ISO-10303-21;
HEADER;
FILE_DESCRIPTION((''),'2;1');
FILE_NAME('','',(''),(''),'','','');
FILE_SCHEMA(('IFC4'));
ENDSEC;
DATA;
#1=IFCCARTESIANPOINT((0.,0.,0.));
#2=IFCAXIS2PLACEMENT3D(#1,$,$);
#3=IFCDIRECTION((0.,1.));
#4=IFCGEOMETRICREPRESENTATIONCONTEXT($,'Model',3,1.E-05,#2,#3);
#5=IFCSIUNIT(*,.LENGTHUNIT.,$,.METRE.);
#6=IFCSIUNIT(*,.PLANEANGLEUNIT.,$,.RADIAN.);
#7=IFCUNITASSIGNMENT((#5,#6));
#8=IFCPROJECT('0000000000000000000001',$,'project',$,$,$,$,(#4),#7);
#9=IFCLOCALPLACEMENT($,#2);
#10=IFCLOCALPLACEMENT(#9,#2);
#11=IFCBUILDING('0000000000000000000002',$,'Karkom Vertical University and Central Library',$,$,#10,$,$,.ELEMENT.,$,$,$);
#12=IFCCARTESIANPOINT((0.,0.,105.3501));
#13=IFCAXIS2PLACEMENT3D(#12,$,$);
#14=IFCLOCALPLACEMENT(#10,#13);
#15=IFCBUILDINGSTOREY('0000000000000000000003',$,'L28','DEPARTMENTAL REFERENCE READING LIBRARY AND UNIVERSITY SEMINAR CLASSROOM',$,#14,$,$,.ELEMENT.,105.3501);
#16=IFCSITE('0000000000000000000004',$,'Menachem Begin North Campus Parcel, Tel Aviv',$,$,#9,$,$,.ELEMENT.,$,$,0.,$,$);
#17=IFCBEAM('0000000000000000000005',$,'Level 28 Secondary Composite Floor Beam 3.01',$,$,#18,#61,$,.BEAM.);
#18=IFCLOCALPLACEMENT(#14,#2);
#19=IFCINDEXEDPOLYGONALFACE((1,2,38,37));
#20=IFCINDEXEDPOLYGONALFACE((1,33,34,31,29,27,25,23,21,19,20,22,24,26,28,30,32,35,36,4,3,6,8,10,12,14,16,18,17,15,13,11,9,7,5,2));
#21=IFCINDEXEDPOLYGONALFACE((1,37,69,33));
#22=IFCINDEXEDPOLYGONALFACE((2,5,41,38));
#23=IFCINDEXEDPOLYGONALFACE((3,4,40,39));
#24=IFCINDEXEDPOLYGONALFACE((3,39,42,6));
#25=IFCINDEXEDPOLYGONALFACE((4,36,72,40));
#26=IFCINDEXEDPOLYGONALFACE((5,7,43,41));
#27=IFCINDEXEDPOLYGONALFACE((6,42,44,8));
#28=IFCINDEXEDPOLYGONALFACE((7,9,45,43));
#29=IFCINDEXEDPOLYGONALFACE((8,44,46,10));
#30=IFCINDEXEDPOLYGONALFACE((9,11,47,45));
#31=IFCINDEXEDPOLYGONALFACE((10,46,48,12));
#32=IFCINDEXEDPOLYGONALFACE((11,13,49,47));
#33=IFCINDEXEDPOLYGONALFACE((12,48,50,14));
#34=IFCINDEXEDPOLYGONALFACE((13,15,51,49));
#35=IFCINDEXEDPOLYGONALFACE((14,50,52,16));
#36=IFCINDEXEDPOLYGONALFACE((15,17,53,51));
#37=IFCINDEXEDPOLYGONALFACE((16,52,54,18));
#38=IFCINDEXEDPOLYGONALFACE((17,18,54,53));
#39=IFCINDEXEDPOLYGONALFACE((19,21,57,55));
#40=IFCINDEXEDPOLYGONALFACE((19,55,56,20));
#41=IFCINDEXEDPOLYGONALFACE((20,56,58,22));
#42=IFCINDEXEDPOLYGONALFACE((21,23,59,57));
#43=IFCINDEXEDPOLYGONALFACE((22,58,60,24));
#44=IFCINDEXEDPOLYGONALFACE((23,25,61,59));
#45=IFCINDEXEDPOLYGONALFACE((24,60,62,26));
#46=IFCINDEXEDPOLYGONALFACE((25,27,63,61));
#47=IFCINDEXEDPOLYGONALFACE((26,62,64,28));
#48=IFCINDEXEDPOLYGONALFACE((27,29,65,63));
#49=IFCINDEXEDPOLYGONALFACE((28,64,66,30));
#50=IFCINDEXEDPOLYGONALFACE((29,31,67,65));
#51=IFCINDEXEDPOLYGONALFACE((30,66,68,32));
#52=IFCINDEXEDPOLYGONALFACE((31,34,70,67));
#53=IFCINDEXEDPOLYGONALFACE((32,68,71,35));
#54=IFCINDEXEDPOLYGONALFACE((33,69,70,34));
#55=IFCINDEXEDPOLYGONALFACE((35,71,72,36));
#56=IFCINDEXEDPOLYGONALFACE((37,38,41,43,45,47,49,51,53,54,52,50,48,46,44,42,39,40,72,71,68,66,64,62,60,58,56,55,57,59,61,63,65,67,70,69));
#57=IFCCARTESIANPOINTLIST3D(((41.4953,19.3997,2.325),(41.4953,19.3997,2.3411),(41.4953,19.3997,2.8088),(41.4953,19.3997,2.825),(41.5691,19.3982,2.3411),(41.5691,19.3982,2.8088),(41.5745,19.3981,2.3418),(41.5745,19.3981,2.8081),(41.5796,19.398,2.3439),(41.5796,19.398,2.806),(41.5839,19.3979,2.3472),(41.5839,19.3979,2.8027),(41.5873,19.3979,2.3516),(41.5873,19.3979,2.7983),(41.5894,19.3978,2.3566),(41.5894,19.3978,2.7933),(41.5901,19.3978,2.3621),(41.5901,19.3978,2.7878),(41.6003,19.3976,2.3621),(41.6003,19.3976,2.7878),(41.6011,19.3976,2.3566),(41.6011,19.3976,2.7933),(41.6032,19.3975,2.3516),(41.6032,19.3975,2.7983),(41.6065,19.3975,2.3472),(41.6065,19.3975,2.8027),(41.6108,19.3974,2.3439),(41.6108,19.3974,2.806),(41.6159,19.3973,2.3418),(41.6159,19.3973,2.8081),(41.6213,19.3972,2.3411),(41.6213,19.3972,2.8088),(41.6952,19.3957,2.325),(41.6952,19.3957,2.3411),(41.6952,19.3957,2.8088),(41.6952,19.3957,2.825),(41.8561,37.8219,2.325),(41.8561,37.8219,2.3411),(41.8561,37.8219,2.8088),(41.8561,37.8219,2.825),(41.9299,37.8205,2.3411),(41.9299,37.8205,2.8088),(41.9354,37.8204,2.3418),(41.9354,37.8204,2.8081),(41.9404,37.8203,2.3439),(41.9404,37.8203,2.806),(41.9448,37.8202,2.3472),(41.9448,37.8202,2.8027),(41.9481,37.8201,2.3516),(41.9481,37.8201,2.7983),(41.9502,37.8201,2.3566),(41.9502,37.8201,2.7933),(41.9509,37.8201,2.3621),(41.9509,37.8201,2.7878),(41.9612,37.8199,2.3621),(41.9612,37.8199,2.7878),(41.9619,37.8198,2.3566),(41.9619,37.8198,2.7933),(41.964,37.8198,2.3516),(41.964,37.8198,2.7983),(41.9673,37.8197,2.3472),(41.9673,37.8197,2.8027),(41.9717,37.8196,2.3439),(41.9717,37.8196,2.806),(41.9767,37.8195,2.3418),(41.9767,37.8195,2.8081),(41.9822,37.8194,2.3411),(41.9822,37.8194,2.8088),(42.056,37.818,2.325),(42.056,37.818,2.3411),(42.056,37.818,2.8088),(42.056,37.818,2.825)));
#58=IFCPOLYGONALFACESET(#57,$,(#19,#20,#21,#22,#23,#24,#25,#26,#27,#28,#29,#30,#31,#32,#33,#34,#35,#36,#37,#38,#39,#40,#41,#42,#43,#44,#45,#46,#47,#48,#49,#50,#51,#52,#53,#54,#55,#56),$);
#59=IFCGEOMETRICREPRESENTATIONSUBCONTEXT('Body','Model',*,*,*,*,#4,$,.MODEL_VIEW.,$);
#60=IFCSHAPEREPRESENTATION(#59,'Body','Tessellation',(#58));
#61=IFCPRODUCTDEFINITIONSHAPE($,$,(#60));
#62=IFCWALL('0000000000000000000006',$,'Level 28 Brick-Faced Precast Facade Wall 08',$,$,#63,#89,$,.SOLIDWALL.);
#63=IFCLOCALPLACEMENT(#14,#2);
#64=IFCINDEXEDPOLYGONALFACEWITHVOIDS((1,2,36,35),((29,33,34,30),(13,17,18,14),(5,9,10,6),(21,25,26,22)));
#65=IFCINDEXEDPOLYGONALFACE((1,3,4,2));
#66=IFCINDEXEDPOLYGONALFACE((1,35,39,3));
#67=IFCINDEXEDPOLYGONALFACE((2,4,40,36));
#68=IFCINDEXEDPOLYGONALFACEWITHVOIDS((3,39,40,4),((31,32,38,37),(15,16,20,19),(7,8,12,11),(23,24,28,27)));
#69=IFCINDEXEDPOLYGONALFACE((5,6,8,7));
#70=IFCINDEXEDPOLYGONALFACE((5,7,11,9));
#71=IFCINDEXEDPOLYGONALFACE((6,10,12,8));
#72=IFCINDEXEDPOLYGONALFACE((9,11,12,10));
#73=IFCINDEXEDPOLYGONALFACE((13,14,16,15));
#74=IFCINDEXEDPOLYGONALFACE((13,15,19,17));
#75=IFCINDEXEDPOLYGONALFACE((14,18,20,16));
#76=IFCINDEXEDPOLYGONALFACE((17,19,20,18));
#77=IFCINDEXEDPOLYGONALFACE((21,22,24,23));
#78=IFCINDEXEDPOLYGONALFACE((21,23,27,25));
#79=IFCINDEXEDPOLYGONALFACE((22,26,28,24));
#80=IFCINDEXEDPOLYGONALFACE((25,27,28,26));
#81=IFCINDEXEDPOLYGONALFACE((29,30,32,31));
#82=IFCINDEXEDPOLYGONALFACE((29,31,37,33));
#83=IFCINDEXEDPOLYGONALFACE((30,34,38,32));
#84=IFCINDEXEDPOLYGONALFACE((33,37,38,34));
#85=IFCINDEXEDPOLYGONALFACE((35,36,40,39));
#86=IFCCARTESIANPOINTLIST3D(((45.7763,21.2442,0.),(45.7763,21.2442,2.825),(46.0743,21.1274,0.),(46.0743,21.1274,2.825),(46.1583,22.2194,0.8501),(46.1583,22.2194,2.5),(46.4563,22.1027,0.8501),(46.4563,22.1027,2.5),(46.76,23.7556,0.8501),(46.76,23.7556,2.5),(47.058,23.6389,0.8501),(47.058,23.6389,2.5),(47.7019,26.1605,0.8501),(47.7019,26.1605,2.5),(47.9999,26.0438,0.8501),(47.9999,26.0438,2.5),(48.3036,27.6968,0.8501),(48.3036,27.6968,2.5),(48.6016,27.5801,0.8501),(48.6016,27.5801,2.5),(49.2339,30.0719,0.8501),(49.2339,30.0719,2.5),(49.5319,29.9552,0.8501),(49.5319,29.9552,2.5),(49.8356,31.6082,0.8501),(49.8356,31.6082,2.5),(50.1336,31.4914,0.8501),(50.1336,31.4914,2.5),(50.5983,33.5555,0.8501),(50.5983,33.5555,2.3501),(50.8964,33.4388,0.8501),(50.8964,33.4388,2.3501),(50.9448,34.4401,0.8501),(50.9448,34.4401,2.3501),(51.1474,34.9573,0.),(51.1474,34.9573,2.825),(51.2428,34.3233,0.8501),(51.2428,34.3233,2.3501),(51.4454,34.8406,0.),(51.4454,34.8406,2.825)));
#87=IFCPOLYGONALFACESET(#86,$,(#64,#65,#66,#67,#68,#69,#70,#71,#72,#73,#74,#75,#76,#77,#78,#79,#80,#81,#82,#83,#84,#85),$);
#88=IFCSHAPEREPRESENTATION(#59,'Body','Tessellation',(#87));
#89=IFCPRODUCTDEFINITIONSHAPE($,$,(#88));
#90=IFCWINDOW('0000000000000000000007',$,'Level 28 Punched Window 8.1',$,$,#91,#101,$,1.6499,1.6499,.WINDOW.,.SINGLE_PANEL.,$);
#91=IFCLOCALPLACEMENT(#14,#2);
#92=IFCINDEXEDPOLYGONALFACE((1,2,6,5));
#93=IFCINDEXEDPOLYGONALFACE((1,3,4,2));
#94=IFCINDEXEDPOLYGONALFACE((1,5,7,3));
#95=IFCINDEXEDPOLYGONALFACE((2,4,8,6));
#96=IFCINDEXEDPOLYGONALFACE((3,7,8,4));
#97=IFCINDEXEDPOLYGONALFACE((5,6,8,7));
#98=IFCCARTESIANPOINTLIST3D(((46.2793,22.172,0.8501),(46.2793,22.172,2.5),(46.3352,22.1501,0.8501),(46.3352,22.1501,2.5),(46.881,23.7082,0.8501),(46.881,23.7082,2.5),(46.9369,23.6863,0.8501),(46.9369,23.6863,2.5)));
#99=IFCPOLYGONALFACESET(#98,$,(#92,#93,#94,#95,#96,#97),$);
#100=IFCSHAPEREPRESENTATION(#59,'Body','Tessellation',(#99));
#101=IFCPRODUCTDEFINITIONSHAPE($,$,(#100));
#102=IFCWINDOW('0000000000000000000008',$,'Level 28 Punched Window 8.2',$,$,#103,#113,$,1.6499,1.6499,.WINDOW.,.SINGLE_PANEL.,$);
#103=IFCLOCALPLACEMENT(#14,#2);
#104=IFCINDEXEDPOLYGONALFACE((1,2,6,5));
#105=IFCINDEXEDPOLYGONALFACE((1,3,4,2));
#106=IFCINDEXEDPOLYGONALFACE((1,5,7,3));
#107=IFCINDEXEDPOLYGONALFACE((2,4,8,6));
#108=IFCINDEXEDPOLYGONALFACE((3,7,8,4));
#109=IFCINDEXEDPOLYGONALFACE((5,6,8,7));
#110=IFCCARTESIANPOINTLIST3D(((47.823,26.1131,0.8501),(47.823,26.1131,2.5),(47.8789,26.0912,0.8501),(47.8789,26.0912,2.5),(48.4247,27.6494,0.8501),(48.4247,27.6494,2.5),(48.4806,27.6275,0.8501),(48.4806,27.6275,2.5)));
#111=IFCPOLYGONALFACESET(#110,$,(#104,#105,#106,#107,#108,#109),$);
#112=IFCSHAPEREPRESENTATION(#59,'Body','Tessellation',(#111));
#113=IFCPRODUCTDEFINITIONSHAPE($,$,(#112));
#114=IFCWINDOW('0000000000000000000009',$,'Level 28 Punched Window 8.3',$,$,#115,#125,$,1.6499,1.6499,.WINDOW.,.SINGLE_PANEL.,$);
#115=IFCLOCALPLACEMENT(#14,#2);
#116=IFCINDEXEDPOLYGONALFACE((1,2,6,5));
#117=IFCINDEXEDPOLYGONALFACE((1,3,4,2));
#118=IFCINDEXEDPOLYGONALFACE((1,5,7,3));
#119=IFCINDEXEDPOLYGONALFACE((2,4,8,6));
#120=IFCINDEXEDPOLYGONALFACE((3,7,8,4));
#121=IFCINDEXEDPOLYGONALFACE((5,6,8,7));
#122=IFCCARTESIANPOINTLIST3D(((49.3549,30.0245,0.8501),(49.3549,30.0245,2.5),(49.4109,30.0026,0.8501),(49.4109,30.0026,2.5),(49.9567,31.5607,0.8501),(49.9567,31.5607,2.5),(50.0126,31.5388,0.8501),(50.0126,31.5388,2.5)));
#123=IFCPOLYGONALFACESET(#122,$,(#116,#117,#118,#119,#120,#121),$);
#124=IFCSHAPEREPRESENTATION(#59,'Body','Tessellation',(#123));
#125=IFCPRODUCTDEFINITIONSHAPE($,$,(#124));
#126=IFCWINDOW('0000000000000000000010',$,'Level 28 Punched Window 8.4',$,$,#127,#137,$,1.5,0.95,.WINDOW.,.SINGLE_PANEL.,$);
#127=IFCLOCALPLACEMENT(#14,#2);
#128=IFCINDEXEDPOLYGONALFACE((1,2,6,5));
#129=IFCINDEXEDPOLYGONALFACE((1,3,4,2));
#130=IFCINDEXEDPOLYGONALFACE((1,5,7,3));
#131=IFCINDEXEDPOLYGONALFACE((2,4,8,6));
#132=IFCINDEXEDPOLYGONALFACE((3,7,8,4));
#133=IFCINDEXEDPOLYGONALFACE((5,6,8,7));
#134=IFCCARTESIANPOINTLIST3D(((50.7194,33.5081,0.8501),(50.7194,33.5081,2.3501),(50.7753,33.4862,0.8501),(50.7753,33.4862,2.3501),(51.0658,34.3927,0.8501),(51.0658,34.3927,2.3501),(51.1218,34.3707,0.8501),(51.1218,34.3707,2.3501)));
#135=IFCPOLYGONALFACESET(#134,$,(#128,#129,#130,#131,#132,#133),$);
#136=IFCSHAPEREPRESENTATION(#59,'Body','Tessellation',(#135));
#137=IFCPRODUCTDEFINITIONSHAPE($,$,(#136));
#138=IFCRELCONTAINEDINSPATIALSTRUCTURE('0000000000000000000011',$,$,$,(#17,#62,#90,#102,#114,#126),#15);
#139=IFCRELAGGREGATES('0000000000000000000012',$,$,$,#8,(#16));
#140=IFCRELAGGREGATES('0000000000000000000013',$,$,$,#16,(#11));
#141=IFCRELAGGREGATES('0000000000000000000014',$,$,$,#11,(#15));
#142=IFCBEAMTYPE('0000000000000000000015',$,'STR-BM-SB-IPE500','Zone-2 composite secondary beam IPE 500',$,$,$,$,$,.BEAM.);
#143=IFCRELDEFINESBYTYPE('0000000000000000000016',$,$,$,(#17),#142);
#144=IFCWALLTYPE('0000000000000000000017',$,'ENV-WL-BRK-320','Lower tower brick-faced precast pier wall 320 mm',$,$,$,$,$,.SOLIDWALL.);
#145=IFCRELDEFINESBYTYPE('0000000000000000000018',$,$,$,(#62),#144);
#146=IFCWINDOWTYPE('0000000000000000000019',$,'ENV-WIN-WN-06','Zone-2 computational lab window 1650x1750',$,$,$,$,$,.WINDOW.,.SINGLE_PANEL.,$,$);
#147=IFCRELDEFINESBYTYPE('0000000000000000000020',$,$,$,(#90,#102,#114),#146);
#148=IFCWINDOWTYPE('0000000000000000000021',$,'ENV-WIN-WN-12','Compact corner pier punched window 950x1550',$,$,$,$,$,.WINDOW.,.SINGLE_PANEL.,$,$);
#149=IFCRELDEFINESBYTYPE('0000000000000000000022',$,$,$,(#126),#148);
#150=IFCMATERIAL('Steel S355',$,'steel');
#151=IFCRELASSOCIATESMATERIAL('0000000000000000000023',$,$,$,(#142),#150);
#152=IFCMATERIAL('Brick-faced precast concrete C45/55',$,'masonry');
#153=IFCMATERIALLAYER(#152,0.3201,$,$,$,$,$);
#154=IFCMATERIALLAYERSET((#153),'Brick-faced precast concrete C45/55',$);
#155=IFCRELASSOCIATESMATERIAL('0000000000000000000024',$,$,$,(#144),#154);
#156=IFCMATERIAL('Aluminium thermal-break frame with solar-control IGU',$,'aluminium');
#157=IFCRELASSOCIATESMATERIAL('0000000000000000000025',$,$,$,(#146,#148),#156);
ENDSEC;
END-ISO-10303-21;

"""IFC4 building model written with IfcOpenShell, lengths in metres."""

from ifc_helpers import new_model, si_unit, direction, frame, frame_2d, origin, origin_with_axes, origin_2d, place, context, subcontext, project, spatial, rectangle, i_section, extrude, source, transform, mapped, material, layer, layer_set, material_profile, profile_set, type_object, element, fill, save


model = new_model("IFC4")

# Units and contexts
model_context = context("Model", 3, precision=1e-05, world=origin(), true_north=direction((0.0, 1.0)))
body_context = subcontext(model_context, "Body", "Model", "MODEL_VIEW")
ifc_project = project(units=[si_unit("LENGTHUNIT", "METRE"), si_unit("PLANEANGLEUNIT", "RADIAN")], contexts=[model_context])

# Site, building, storey
site_placement = place(None, origin())
site = spatial("IfcSite", under=ifc_project, at=site_placement, Name="Menachem Begin North Campus Parcel, Tel Aviv", CompositionType="ELEMENT", RefElevation=0.0)
building_placement = place(site_placement, origin())
building = spatial("IfcBuilding", under=site, at=building_placement, Name="Karkom Vertical University and Central Library", CompositionType="ELEMENT")
storey_placement = place(building_placement, frame((0.0, 0.0, 105.3501)))
storey = spatial("IfcBuildingStorey", under=building, at=storey_placement, Name="L28", Description="DEPARTMENTAL REFERENCE READING LIBRARY AND UNIVERSITY SEMINAR CLASSROOM", CompositionType="ELEMENT", Elevation=105.3501)

# Beam
ifc_material_1 = material(Name="Steel S355", Category="steel")
ifc_material_profile_1 = material_profile(ifc_material_1, i_section(OverallWidth=0.2, OverallDepth=0.5, WebThickness=0.0103, FlangeThickness=0.0161, FilletRadius=0.021, at=origin_2d()), Name="IPE 500")
ifc_profile_set_1 = profile_set([ifc_material_profile_1], Name="Steel S355")
beam_type_1 = type_object("IfcBeamType", Name="STR-BM-SB-IPE500", Description="Zone-2 composite secondary beam IPE 500", PredefinedType="BEAM", material=ifc_profile_set_1)
shared_shape_1 = source(origin_with_axes(), body_context, "Body", "SweptSolid", [
    extrude(i_section(OverallWidth=0.2, OverallDepth=0.5, WebThickness=0.0103, FlangeThickness=0.0161, FilletRadius=0.021, at=origin_2d()), origin(), (0.0, 0.0, 1.0), 18.4258),
])
beam_1_placement = place(storey_placement, frame((41.5952, 19.3977, 2.575), z_axis=(0.019583, 0.999808, 0.0), x_axis=(-0.999808, 0.019583, 0.0)))
element("IfcBeam", 1, at=beam_1_placement, inside=storey, type_object=beam_type_1, Name="Level 28 Secondary Composite Floor Beam 3.01", PredefinedType="BEAM", context=body_context, shape_type="MappedRepresentation", body=[
    mapped(shared_shape_1, transform((0.0, 0.0, 0.0), scale=1.0)),
])

# Wall, openings, windows
ifc_material_2 = material(Name="Brick-faced precast concrete C45/55", Category="masonry")
ifc_layer_1 = layer(ifc_material_2, 0.3201)
ifc_layer_set_1 = layer_set([ifc_layer_1], Name="Brick-faced precast concrete C45/55")
wall_type_1 = type_object("IfcWallType", Name="ENV-WL-BRK-320", Description="Lower tower brick-faced precast pier wall 320 mm", PredefinedType="SOLIDWALL", material=ifc_layer_set_1)
wall_1_placement = place(storey_placement, frame((45.9253, 21.1858, 0.0), z_axis=(0.0, 0.0, 1.0), x_axis=(0.364699, 0.931126, 0.0)))
wall_1 = element("IfcWall", 2, at=wall_1_placement, inside=storey, type_object=wall_type_1, Name="Level 28 Brick-Faced Precast Facade Wall 08", PredefinedType="SOLIDWALL", context=body_context, shape_type="SweptSolid", body=[
    extrude(rectangle(XDim=14.7275, YDim=0.3201, at=frame_2d((7.3638, 0.0))), origin(), (0.0, 0.0, 1.0), 2.825),
])
opening_1_placement = place(wall_1_placement, frame((1.0474, 0.0, 0.8501)))
opening_1 = element("IfcOpeningElement", 3, at=opening_1_placement, cuts=wall_1, PredefinedType="OPENING", context=body_context, shape_type="SweptSolid", body=[
    extrude(rectangle(XDim=1.6499, YDim=1.6499, at=frame_2d((0.825, 0.825))), frame((0.0, 0.1699, 0.0), z_axis=(0.0, -1.0, 0.0), x_axis=(1.0, 0.0, 0.0)), (0.0, 0.0, 1.0), 0.3401),
])
opening_2_placement = place(wall_1_placement, frame((5.28, 0.0, 0.8501)))
opening_2 = element("IfcOpeningElement", 4, at=opening_2_placement, cuts=wall_1, PredefinedType="OPENING", context=body_context, shape_type="SweptSolid", body=[
    extrude(rectangle(XDim=1.6499, YDim=1.6499, at=frame_2d((0.825, 0.825))), frame((0.0, 0.1699, 0.0), z_axis=(0.0, -1.0, 0.0), x_axis=(1.0, 0.0, 0.0)), (0.0, 0.0, 1.0), 0.3401),
])
opening_3_placement = place(wall_1_placement, frame((9.4807, 0.0, 0.8501)))
opening_3 = element("IfcOpeningElement", 5, at=opening_3_placement, cuts=wall_1, PredefinedType="OPENING", context=body_context, shape_type="SweptSolid", body=[
    extrude(rectangle(XDim=1.6499, YDim=1.6499, at=frame_2d((0.825, 0.825))), frame((0.0, 0.1699, 0.0), z_axis=(0.0, -1.0, 0.0), x_axis=(1.0, 0.0, 0.0)), (0.0, 0.0, 1.0), 0.3401),
])
opening_4_placement = place(wall_1_placement, frame((13.2219, 0.0, 0.8501)))
opening_4 = element("IfcOpeningElement", 6, at=opening_4_placement, cuts=wall_1, PredefinedType="OPENING", context=body_context, shape_type="SweptSolid", body=[
    extrude(rectangle(XDim=0.95, YDim=1.5, at=frame_2d((0.4751, 0.75))), frame((0.0, 0.1699, 0.0), z_axis=(0.0, -1.0, 0.0), x_axis=(1.0, 0.0, 0.0)), (0.0, 0.0, 1.0), 0.3401),
])
ifc_material_3 = material(Name="Aluminium thermal-break frame with solar-control IGU", Category="aluminium")
window_type_1 = type_object("IfcWindowType", Name="ENV-WIN-WN-06", Description="Zone-2 computational lab window 1650x1750", PartitioningType="SINGLE_PANEL", PredefinedType="WINDOW", material=ifc_material_3)
shared_shape_2 = source(origin_with_axes(), body_context, "Body", "SweptSolid", [
    extrude(rectangle(XDim=1.6499, YDim=1.6499, at=frame_2d((0.825, 0.825))), frame((0.0, 0.03, 0.0), z_axis=(0.0, -1.0, 0.0), x_axis=(1.0, 0.0, 0.0)), (0.0, 0.0, 1.0), 0.0601),
])
window_1_placement = place(opening_1_placement, origin())
window_1 = element("IfcWindow", 7, at=window_1_placement, inside=storey, type_object=window_type_1, Name="Level 28 Punched Window 8.1", OverallHeight=1.6499, OverallWidth=1.6499, PartitioningType="SINGLE_PANEL", PredefinedType="WINDOW", context=body_context, shape_type="MappedRepresentation", body=[
    mapped(shared_shape_2, transform((0.0, 0.0, 0.0), scale=1.0)),
])
fill(opening_1, window_1)
window_2_placement = place(opening_2_placement, origin())
window_2 = element("IfcWindow", 8, at=window_2_placement, inside=storey, type_object=window_type_1, Name="Level 28 Punched Window 8.2", OverallHeight=1.6499, OverallWidth=1.6499, PartitioningType="SINGLE_PANEL", PredefinedType="WINDOW", context=body_context, shape_type="MappedRepresentation", body=[
    mapped(shared_shape_2, transform((0.0, 0.0, 0.0), scale=1.0)),
])
fill(opening_2, window_2)
window_3_placement = place(opening_3_placement, origin())
window_3 = element("IfcWindow", 9, at=window_3_placement, inside=storey, type_object=window_type_1, Name="Level 28 Punched Window 8.3", OverallHeight=1.6499, OverallWidth=1.6499, PartitioningType="SINGLE_PANEL", PredefinedType="WINDOW", context=body_context, shape_type="MappedRepresentation", body=[
    mapped(shared_shape_2, transform((0.0, 0.0, 0.0), scale=1.0)),
])
fill(opening_3, window_3)
window_type_2 = type_object("IfcWindowType", Name="ENV-WIN-WN-12", Description="Compact corner pier punched window 950x1550", PartitioningType="SINGLE_PANEL", PredefinedType="WINDOW", material=ifc_material_3)
shared_shape_3 = source(origin_with_axes(), body_context, "Body", "SweptSolid", [
    extrude(rectangle(XDim=0.95, YDim=1.5, at=frame_2d((0.4751, 0.75))), frame((0.0, 0.03, 0.0), z_axis=(0.0, -1.0, 0.0), x_axis=(1.0, 0.0, 0.0)), (0.0, 0.0, 1.0), 0.0601),
])
window_4_placement = place(opening_4_placement, origin())
window_4 = element("IfcWindow", 10, at=window_4_placement, inside=storey, type_object=window_type_2, Name="Level 28 Punched Window 8.4", OverallHeight=1.5, OverallWidth=0.95, PartitioningType="SINGLE_PANEL", PredefinedType="WINDOW", context=body_context, shape_type="MappedRepresentation", body=[
    mapped(shared_shape_3, transform((0.0, 0.0, 0.0), scale=1.0)),
])
fill(opening_4, window_4)

save(model, "model.ifc")
